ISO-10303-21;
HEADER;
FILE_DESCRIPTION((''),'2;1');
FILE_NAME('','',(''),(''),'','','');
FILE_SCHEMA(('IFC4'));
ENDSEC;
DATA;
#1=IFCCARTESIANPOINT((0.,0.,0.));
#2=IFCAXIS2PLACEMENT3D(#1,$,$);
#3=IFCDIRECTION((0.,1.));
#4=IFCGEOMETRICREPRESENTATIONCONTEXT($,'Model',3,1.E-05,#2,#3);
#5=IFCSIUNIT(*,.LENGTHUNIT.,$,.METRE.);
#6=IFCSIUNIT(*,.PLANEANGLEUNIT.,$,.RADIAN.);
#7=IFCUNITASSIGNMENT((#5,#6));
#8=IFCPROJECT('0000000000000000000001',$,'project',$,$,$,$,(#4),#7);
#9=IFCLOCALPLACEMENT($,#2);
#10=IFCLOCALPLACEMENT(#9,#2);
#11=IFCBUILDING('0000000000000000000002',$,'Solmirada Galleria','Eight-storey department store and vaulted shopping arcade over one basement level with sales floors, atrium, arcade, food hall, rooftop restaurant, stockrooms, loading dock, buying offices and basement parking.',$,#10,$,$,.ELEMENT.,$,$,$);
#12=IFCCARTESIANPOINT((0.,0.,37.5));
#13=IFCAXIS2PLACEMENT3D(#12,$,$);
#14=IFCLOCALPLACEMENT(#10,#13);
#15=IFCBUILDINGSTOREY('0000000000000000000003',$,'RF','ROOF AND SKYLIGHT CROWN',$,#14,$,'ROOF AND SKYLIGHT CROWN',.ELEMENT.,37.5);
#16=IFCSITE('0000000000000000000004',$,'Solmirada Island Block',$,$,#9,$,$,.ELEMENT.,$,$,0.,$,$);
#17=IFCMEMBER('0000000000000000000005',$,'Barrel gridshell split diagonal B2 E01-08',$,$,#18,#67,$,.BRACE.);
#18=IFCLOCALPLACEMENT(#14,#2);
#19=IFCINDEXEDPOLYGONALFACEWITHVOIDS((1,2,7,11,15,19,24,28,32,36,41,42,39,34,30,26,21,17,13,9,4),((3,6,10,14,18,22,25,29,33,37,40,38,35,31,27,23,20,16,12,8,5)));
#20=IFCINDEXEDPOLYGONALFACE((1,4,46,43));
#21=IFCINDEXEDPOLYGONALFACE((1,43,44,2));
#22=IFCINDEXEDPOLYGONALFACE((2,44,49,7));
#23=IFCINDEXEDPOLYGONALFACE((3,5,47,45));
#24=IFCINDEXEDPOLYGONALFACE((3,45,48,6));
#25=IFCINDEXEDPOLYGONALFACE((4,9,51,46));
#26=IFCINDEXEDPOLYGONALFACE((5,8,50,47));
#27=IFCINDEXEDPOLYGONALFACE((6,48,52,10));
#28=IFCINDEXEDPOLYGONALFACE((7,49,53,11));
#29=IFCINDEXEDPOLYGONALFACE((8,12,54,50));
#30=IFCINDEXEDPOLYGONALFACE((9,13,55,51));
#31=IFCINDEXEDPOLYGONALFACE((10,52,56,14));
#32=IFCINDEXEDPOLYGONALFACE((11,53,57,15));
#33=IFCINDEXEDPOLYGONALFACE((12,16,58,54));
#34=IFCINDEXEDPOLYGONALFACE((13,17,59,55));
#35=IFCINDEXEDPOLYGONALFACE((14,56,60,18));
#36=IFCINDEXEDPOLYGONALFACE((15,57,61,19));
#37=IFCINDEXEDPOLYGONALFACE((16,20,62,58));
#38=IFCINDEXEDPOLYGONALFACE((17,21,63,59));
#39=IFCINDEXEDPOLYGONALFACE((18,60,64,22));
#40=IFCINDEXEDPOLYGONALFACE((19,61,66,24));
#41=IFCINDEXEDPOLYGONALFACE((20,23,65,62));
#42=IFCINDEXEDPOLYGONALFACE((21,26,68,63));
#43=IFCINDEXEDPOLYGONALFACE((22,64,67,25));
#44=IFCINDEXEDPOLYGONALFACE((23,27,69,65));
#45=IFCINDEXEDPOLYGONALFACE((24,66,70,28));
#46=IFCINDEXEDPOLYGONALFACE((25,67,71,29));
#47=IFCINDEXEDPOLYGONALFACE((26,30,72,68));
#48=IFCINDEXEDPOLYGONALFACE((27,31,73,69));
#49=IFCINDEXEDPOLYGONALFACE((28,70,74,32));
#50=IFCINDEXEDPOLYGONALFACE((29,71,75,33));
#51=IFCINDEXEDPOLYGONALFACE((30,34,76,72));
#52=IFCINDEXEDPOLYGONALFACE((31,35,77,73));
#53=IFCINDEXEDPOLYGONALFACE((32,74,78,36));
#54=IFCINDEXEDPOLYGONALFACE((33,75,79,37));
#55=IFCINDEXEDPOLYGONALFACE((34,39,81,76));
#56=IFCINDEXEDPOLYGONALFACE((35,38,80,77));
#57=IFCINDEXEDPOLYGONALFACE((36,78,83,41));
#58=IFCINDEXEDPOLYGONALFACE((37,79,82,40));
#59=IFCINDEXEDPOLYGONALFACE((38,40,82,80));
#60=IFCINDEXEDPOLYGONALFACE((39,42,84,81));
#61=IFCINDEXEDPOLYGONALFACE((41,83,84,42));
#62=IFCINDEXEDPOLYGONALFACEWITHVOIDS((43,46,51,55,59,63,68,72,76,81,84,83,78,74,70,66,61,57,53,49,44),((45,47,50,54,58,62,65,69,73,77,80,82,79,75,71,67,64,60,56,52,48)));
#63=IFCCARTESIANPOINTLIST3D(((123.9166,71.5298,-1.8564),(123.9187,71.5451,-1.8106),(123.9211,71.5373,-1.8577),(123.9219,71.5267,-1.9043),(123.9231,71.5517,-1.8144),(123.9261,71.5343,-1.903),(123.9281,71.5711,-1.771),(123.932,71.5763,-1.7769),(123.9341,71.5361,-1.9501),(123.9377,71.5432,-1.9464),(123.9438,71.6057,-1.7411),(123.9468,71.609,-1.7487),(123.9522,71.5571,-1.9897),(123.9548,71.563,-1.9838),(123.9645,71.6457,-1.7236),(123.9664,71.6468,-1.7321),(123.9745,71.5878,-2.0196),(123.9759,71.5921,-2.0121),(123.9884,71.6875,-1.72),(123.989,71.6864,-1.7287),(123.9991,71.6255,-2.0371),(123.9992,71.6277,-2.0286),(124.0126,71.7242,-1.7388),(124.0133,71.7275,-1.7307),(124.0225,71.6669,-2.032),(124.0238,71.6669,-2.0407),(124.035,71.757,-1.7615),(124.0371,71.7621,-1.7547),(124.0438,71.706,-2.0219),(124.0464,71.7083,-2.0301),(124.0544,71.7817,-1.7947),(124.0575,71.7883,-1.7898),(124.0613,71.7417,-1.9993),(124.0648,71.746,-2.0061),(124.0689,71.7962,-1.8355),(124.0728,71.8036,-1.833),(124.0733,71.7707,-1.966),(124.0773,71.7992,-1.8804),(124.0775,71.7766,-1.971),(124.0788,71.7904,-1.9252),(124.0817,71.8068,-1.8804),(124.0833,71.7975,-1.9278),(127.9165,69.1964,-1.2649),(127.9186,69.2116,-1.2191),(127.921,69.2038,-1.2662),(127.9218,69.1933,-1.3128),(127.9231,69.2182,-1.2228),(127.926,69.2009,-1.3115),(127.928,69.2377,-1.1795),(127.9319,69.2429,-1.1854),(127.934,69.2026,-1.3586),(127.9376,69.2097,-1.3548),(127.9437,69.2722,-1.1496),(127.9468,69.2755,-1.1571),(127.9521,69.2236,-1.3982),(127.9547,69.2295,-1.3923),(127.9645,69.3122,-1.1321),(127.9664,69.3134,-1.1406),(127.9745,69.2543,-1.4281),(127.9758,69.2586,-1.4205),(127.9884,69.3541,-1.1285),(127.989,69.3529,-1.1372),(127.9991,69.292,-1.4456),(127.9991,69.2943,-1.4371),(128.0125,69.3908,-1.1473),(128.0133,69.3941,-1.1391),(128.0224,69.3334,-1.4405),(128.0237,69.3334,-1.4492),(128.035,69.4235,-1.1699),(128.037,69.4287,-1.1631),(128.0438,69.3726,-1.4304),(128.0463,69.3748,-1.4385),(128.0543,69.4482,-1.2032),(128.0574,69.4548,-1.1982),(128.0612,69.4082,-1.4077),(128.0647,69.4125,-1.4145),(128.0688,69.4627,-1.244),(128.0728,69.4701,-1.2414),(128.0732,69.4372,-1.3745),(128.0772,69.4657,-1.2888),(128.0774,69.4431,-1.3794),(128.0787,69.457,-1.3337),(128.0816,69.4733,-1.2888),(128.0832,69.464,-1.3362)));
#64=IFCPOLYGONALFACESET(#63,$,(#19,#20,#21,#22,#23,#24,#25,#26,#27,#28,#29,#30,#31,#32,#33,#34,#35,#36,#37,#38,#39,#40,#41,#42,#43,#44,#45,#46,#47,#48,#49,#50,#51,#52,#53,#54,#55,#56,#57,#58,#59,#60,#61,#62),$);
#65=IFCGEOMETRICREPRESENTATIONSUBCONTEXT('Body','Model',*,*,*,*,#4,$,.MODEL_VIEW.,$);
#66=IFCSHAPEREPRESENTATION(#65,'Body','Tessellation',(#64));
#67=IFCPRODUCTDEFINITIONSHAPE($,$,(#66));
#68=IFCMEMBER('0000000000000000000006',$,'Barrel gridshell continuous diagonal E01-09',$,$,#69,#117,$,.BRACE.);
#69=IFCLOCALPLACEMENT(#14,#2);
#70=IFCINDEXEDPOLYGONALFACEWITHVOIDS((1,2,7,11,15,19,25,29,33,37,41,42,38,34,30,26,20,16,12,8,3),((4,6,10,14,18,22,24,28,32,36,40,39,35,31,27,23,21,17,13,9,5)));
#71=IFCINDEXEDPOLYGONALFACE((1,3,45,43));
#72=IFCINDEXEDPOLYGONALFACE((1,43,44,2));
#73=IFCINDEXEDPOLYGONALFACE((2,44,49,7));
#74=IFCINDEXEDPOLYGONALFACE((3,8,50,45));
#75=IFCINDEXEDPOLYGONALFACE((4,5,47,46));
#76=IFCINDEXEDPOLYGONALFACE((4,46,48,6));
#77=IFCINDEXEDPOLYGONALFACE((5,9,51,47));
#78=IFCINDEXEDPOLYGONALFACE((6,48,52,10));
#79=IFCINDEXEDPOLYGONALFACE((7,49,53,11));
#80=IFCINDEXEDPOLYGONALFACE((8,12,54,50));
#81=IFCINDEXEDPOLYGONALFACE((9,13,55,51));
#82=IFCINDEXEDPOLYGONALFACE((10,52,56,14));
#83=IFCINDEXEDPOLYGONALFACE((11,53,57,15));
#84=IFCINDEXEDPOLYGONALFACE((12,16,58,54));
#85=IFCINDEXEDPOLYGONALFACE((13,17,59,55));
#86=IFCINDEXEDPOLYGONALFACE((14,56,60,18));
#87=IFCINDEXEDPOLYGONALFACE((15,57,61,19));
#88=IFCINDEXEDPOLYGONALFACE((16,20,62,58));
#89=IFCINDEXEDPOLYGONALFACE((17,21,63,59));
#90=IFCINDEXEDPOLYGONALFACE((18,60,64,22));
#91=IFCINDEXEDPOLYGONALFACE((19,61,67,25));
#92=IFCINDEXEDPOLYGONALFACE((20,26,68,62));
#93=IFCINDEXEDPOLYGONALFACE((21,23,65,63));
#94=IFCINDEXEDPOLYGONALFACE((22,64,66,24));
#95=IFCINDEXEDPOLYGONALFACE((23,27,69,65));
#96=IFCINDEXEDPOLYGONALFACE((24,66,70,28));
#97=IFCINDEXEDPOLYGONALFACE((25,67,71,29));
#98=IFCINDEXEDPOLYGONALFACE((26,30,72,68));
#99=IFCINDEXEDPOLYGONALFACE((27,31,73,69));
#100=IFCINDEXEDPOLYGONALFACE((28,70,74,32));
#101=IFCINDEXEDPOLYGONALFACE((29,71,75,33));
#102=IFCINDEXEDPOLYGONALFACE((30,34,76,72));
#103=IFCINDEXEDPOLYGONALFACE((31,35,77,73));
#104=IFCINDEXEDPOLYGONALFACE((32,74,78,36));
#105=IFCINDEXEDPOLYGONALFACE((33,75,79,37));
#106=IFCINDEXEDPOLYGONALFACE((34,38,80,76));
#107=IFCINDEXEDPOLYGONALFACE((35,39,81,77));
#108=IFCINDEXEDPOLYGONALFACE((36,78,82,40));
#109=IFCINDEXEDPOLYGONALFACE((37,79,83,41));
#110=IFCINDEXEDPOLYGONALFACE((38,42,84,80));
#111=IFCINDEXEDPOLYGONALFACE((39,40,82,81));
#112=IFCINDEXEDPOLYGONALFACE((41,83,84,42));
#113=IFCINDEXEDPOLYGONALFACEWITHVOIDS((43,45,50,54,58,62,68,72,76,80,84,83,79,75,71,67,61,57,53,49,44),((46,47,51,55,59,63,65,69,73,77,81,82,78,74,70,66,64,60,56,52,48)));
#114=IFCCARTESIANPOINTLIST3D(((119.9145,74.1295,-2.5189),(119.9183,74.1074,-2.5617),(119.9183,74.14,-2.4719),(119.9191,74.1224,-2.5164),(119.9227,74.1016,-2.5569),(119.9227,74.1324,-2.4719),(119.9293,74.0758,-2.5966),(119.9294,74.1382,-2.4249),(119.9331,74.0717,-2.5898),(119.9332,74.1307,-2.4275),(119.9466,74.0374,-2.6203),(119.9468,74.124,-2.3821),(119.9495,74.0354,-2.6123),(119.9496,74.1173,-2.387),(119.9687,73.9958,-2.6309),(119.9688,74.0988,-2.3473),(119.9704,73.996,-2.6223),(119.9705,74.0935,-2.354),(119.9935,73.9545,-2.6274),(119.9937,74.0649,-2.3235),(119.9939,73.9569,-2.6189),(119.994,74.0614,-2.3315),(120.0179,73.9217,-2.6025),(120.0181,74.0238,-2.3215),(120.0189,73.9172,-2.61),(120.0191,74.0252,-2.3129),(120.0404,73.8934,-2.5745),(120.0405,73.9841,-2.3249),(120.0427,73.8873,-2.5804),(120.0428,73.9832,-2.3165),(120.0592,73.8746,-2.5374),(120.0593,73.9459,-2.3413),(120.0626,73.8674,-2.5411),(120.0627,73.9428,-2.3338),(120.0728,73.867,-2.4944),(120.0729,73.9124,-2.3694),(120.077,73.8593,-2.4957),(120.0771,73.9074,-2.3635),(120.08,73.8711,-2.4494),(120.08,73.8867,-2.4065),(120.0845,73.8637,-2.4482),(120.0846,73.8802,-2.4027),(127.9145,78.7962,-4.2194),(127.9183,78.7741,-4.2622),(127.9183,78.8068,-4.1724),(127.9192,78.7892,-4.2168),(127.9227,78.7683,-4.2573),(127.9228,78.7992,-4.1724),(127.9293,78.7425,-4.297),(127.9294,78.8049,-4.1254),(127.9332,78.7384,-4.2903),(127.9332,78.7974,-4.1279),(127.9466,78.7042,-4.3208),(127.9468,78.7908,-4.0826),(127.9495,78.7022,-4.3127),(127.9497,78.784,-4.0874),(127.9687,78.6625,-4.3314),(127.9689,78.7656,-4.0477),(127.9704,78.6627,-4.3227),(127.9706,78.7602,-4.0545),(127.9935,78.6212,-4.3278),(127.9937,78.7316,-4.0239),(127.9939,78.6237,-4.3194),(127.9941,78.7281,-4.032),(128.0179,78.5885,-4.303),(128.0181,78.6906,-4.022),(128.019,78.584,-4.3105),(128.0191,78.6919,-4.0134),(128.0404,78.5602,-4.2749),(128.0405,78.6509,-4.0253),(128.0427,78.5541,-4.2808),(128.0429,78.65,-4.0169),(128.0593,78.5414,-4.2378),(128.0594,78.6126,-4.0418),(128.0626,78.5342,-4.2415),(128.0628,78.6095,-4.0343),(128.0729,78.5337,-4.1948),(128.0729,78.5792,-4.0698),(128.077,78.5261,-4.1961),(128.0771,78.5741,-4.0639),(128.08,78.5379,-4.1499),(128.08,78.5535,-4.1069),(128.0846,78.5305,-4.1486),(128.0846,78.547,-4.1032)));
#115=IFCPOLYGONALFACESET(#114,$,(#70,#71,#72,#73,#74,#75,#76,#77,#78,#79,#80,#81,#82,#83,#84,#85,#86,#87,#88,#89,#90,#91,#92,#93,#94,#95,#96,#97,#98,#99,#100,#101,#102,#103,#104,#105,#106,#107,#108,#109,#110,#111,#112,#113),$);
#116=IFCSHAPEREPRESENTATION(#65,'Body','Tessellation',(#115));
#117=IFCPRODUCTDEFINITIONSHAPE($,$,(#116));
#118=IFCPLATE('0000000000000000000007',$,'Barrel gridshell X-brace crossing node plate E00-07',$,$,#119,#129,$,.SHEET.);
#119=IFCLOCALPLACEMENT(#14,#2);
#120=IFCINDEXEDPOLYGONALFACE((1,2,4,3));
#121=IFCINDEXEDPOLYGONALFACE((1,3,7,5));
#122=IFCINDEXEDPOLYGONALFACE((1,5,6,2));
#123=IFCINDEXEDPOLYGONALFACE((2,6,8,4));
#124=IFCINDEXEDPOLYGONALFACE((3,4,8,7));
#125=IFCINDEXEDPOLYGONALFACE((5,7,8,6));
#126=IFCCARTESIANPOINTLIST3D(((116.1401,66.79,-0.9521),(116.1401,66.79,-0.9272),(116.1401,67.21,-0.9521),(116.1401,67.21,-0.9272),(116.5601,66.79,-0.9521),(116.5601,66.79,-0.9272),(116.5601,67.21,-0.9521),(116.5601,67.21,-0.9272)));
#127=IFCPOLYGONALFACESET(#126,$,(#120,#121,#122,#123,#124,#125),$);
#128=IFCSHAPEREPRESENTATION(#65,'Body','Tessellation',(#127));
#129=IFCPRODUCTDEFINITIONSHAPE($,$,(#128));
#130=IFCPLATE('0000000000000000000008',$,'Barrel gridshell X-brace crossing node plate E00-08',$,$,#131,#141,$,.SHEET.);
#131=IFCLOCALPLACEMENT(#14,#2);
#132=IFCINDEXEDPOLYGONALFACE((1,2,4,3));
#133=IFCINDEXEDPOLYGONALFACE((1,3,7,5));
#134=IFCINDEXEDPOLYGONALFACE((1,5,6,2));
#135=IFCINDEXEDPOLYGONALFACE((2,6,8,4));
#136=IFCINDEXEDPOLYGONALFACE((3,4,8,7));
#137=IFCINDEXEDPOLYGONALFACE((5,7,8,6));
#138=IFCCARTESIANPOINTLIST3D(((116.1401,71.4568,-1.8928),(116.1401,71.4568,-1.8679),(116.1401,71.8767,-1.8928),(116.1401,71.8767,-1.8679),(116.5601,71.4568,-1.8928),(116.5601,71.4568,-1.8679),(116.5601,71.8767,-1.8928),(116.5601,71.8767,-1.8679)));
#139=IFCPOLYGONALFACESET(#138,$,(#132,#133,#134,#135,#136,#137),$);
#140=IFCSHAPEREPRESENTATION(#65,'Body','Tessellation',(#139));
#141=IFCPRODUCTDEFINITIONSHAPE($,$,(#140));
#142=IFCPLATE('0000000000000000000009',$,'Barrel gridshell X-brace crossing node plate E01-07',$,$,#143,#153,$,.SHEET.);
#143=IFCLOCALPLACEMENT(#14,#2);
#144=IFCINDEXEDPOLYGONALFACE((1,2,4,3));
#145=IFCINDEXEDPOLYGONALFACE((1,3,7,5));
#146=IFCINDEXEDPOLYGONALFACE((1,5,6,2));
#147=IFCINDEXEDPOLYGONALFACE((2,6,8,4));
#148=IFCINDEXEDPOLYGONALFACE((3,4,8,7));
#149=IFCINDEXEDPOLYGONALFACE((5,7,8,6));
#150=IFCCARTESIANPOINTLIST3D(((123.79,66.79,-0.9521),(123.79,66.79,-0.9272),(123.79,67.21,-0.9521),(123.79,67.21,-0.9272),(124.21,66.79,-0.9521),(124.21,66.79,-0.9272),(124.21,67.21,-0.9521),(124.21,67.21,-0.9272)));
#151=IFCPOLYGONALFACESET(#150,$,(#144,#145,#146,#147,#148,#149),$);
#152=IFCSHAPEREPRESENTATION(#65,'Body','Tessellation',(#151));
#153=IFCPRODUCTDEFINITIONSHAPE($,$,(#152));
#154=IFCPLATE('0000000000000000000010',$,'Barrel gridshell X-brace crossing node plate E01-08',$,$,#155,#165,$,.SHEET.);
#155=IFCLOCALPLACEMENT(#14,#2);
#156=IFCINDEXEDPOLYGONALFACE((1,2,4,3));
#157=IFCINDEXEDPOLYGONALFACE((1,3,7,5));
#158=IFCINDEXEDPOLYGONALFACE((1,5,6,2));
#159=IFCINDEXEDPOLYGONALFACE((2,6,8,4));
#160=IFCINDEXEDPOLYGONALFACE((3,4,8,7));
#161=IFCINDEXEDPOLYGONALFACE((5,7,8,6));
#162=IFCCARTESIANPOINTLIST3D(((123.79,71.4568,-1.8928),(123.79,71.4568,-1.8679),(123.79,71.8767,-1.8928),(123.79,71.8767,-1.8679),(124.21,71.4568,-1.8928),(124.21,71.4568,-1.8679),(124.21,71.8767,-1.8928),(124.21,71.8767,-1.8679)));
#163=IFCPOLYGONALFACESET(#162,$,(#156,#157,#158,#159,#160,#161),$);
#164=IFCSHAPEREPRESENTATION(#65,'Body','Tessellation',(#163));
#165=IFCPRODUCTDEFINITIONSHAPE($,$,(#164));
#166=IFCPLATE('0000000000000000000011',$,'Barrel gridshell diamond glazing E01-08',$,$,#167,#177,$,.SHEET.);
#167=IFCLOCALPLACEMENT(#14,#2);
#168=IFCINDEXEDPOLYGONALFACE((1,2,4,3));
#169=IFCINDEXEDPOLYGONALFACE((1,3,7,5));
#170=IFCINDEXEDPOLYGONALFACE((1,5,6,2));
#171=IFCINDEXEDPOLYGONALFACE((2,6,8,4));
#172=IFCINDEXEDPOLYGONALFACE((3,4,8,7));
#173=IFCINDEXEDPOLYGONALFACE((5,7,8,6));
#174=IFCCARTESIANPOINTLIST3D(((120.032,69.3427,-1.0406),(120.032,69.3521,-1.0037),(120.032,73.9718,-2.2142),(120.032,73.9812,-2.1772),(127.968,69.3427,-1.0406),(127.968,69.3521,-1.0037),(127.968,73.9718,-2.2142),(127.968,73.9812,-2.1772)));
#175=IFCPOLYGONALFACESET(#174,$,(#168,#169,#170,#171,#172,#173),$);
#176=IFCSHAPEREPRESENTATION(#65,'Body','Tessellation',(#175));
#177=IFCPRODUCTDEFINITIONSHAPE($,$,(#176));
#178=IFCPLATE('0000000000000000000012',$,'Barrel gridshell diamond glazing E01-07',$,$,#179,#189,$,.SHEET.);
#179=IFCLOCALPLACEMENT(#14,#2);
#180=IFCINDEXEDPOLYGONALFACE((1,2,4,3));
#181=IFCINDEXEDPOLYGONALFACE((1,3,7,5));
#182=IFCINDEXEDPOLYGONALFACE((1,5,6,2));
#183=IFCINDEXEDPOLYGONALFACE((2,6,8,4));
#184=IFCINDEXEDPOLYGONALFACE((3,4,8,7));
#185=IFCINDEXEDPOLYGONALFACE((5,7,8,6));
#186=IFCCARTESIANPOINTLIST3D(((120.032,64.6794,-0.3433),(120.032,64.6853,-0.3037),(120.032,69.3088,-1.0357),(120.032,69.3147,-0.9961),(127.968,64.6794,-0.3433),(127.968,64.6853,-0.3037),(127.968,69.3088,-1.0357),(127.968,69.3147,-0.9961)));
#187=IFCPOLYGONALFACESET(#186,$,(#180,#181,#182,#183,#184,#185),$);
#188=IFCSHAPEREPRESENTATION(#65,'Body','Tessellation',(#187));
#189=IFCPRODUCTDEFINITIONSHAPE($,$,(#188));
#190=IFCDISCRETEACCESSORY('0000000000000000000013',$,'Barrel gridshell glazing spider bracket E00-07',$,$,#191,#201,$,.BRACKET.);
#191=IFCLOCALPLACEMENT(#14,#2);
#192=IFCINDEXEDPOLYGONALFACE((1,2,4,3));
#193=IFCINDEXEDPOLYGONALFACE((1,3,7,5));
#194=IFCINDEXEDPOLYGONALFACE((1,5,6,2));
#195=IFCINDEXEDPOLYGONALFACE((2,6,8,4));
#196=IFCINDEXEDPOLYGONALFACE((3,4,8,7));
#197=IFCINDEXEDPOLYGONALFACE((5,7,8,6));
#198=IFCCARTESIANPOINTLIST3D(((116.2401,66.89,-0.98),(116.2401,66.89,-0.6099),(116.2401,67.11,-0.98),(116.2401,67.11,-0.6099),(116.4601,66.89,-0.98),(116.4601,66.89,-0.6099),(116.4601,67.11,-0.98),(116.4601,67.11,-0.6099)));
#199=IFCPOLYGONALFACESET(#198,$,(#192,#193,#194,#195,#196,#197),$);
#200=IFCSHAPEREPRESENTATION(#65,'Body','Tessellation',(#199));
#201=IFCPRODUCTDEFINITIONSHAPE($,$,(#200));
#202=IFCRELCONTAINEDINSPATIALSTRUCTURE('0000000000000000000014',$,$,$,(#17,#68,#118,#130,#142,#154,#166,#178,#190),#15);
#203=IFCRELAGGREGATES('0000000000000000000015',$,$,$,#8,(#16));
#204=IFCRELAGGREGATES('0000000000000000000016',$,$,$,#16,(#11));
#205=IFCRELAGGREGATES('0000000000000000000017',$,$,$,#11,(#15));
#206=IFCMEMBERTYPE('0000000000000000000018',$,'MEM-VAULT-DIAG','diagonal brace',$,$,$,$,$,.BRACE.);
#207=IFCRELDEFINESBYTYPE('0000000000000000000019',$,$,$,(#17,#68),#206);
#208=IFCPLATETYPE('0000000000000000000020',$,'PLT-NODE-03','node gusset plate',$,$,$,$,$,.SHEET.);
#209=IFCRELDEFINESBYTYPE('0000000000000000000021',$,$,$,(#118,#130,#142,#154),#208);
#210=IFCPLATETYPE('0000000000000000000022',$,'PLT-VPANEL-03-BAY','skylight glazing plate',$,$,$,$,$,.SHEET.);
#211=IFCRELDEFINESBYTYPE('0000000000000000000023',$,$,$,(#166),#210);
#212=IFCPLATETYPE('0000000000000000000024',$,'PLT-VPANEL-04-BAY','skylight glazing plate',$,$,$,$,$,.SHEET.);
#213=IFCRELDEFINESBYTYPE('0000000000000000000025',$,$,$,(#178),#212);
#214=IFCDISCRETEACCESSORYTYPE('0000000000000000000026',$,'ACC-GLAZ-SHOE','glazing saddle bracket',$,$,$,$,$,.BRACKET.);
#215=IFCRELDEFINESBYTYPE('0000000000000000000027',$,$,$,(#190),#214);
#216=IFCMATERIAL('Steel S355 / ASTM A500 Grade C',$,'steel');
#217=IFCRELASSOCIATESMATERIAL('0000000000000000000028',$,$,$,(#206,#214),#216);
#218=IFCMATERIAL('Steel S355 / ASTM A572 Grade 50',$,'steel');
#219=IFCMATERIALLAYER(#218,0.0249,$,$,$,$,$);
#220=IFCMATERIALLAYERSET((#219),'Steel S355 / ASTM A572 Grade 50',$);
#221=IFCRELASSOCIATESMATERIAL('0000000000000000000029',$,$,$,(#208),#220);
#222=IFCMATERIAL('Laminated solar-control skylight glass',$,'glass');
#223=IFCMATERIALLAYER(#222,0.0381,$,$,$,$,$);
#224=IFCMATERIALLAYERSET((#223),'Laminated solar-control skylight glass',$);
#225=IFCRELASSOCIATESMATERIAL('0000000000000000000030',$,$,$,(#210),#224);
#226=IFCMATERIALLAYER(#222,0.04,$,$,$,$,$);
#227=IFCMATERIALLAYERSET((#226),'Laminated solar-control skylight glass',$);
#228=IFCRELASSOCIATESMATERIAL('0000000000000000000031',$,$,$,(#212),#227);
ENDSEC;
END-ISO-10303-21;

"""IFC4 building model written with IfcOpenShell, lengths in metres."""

from ifc_helpers import new_model, si_unit, direction, frame, origin, origin_2d, place, context, subcontext, project, spatial, polyline, rectangle, hollow_circle, outline, extrude, material, layer, layer_set, material_profile, profile_set, type_object, element, save


model = new_model("IFC4")

# Units and contexts
model_context = context("Model", 3, precision=1e-05, world=origin(), true_north=direction((0.0, 1.0)))
body_context = subcontext(model_context, "Body", "Model", "MODEL_VIEW")
ifc_project = project(units=[si_unit("LENGTHUNIT", "METRE"), si_unit("PLANEANGLEUNIT", "RADIAN")], contexts=[model_context])

# Site, building, storey
site_placement = place(None, origin())
site = spatial("IfcSite", under=ifc_project, at=site_placement, Name="Solmirada Island Block", CompositionType="ELEMENT", RefElevation=0.0)
building_placement = place(site_placement, origin())
building = spatial("IfcBuilding", under=site, at=building_placement, Name="Solmirada Galleria", Description="Eight-storey department store and vaulted shopping arcade over one basement level with sales floors, atrium, arcade, food hall, rooftop restaurant, stockrooms, loading dock, buying offices and basement parking.", CompositionType="ELEMENT")
storey_placement = place(building_placement, frame((0.0, 0.0, 37.5)))
storey = spatial("IfcBuildingStorey", under=building, at=storey_placement, Name="RF", Description="ROOF AND SKYLIGHT CROWN", LongName="ROOF AND SKYLIGHT CROWN", CompositionType="ELEMENT", Elevation=37.5)

# Members
ifc_material_1 = material(Name="Steel S355 / ASTM A500 Grade C", Category="steel")
ifc_material_profile_1 = material_profile(ifc_material_1, hollow_circle(Radius=0.1621, WallThickness=0.0088, at=origin_2d()), Name="HSS12.750X0.375")
ifc_profile_set_1 = profile_set([ifc_material_profile_1], Name="Steel S355 / ASTM A500 Grade C")
member_type_1 = type_object("IfcMemberType", Name="MEM-VAULT-DIAG", Description="diagonal brace", PredefinedType="BRACE", material=ifc_profile_set_1)
for number, where, z_axis, x_axis, name in (
    (1, (124.0, 71.6667, -1.8804), (0.856801, -0.499836, 0.126711), (0.503897, 0.863764, 0.0), "Barrel gridshell split diagonal B2 E01-08"),
):
    element("IfcMember", number, at=place(storey_placement, frame(where, z_axis=z_axis, x_axis=x_axis)), inside=storey, type_object=member_type_1, Name=name, PredefinedType="BRACE", context=body_context, shape_type="SweptSolid", body=[
        extrude(hollow_circle(Radius=0.1621, WallThickness=0.0088, at=origin_2d()), origin(), (0.0, 0.0, 1.0), 4.6685),
    ])
member_1_placement = place(storey_placement, frame((120.0, 74.0, -2.4719), z_axis=(0.849575, 0.495594, -0.180581), x_axis=(-0.503878, 0.863775, 0.0)))
element("IfcMember", 2, at=member_1_placement, inside=storey, type_object=member_type_1, Name="Barrel gridshell continuous diagonal E01-09", PredefinedType="BRACE", context=body_context, shape_type="SweptSolid", body=[
    extrude(hollow_circle(Radius=0.1621, WallThickness=0.0088, at=origin_2d()), origin(), (0.0, 0.0, 1.0), 9.4165),
])

# Plates
ifc_material_2 = material(Name="Steel S355 / ASTM A572 Grade 50", Category="steel")
ifc_layer_1 = layer(ifc_material_2, 0.0249)
ifc_layer_set_1 = layer_set([ifc_layer_1], Name="Steel S355 / ASTM A572 Grade 50")
plate_type_1 = type_object("IfcPlateType", Name="PLT-NODE-03", Description="node gusset plate", PredefinedType="SHEET", material=ifc_layer_set_1)
for number, where, z_axis, x_axis, name in (
    (3, (116.3501, 67.0, -0.9521), (0.0, 0.0, 1.0), (1.0, 0.0, 0.0), "Barrel gridshell X-brace crossing node plate E00-07"),
    (4, (116.3501, 71.6667, -1.8928), (0.0, 0.0, 1.0), (1.0, 0.0, 0.0), "Barrel gridshell X-brace crossing node plate E00-08"),
    (5, (124.0, 67.0, -0.9521), (0.0, 0.0, 1.0), (1.0, 0.0, 0.0), "Barrel gridshell X-brace crossing node plate E01-07"),
    (6, (124.0, 71.6667, -1.8928), (0.0, 0.0, 1.0), (1.0, 0.0, 0.0), "Barrel gridshell X-brace crossing node plate E01-08"),
):
    element("IfcPlate", number, at=place(storey_placement, frame(where, z_axis=z_axis, x_axis=x_axis)), inside=storey, type_object=plate_type_1, Name=name, PredefinedType="SHEET", context=body_context, shape_type="SweptSolid", body=[
        extrude(rectangle(XDim=0.4199, YDim=0.4199, at=origin_2d()), origin(), (0.0, 0.0, 1.0), 0.0249),
    ])
ifc_material_3 = material(Name="Laminated solar-control skylight glass", Category="glass")
ifc_layer_2 = layer(ifc_material_3, 0.0381)
ifc_layer_set_2 = layer_set([ifc_layer_2], Name="Laminated solar-control skylight glass")
plate_type_2 = type_object("IfcPlateType", Name="PLT-VPANEL-03-BAY", Description="skylight glazing plate", PredefinedType="SHEET", material=ifc_layer_set_2)
plate_1_placement = place(storey_placement, frame((120.032, 69.3521, -1.0037), z_axis=(0.0, 0.245746, 0.969334), x_axis=(1.0, 0.0, 0.0)))
element("IfcPlate", 7, at=plate_1_placement, inside=storey, type_object=plate_type_2, Name="Barrel gridshell diamond glazing E01-08", PredefinedType="SHEET", context=body_context, shape_type="SweptSolid", body=[
    extrude(outline(polyline([(0.0, 0.0), (7.936, 0.0), (7.936, 4.7756), (0.0, 4.7756), (0.0, 0.0)])), origin(), (0.0, 0.0, -1.0), 0.0381),
])
ifc_layer_3 = layer(ifc_material_3, 0.04)
ifc_layer_set_3 = layer_set([ifc_layer_3], Name="Laminated solar-control skylight glass")
plate_type_3 = type_object("IfcPlateType", Name="PLT-VPANEL-04-BAY", Description="skylight glazing plate", PredefinedType="SHEET", material=ifc_layer_set_3)
plate_2_placement = place(storey_placement, frame((120.032, 64.6853, -0.3037), z_axis=(0.0, 0.147917, 0.989), x_axis=(1.0, 0.0, 0.0)))
element("IfcPlate", 8, at=plate_2_placement, inside=storey, type_object=plate_type_3, Name="Barrel gridshell diamond glazing E01-07", PredefinedType="SHEET", context=body_context, shape_type="SweptSolid", body=[
    extrude(outline(polyline([(0.0, 0.0), (7.936, 0.0), (7.936, 4.6809), (0.0, 4.6809), (0.0, 0.0)])), origin(), (0.0, 0.0, -1.0), 0.04),
])

# Discrete accessory
discrete_accessory_type = type_object("IfcDiscreteAccessoryType", Name="ACC-GLAZ-SHOE", Description="glazing saddle bracket", PredefinedType="BRACKET", material=ifc_material_1)
for number, where, z_axis, x_axis, name in (
    (9, (116.3501, 67.0, -0.98), (0.0, 0.0, 1.0), (1.0, 0.0, 0.0), "Barrel gridshell glazing spider bracket E00-07"),
):
    element("IfcDiscreteAccessory", number, at=place(storey_placement, frame(where, z_axis=z_axis, x_axis=x_axis)), inside=storey, type_object=discrete_accessory_type, Name=name, PredefinedType="BRACKET", context=body_context, shape_type="SweptSolid", body=[
        extrude(rectangle(XDim=0.22, YDim=0.22, at=origin_2d()), origin(), (0.0, 0.0, 1.0), 0.3701),
    ])

save(model, "model.ifc")
